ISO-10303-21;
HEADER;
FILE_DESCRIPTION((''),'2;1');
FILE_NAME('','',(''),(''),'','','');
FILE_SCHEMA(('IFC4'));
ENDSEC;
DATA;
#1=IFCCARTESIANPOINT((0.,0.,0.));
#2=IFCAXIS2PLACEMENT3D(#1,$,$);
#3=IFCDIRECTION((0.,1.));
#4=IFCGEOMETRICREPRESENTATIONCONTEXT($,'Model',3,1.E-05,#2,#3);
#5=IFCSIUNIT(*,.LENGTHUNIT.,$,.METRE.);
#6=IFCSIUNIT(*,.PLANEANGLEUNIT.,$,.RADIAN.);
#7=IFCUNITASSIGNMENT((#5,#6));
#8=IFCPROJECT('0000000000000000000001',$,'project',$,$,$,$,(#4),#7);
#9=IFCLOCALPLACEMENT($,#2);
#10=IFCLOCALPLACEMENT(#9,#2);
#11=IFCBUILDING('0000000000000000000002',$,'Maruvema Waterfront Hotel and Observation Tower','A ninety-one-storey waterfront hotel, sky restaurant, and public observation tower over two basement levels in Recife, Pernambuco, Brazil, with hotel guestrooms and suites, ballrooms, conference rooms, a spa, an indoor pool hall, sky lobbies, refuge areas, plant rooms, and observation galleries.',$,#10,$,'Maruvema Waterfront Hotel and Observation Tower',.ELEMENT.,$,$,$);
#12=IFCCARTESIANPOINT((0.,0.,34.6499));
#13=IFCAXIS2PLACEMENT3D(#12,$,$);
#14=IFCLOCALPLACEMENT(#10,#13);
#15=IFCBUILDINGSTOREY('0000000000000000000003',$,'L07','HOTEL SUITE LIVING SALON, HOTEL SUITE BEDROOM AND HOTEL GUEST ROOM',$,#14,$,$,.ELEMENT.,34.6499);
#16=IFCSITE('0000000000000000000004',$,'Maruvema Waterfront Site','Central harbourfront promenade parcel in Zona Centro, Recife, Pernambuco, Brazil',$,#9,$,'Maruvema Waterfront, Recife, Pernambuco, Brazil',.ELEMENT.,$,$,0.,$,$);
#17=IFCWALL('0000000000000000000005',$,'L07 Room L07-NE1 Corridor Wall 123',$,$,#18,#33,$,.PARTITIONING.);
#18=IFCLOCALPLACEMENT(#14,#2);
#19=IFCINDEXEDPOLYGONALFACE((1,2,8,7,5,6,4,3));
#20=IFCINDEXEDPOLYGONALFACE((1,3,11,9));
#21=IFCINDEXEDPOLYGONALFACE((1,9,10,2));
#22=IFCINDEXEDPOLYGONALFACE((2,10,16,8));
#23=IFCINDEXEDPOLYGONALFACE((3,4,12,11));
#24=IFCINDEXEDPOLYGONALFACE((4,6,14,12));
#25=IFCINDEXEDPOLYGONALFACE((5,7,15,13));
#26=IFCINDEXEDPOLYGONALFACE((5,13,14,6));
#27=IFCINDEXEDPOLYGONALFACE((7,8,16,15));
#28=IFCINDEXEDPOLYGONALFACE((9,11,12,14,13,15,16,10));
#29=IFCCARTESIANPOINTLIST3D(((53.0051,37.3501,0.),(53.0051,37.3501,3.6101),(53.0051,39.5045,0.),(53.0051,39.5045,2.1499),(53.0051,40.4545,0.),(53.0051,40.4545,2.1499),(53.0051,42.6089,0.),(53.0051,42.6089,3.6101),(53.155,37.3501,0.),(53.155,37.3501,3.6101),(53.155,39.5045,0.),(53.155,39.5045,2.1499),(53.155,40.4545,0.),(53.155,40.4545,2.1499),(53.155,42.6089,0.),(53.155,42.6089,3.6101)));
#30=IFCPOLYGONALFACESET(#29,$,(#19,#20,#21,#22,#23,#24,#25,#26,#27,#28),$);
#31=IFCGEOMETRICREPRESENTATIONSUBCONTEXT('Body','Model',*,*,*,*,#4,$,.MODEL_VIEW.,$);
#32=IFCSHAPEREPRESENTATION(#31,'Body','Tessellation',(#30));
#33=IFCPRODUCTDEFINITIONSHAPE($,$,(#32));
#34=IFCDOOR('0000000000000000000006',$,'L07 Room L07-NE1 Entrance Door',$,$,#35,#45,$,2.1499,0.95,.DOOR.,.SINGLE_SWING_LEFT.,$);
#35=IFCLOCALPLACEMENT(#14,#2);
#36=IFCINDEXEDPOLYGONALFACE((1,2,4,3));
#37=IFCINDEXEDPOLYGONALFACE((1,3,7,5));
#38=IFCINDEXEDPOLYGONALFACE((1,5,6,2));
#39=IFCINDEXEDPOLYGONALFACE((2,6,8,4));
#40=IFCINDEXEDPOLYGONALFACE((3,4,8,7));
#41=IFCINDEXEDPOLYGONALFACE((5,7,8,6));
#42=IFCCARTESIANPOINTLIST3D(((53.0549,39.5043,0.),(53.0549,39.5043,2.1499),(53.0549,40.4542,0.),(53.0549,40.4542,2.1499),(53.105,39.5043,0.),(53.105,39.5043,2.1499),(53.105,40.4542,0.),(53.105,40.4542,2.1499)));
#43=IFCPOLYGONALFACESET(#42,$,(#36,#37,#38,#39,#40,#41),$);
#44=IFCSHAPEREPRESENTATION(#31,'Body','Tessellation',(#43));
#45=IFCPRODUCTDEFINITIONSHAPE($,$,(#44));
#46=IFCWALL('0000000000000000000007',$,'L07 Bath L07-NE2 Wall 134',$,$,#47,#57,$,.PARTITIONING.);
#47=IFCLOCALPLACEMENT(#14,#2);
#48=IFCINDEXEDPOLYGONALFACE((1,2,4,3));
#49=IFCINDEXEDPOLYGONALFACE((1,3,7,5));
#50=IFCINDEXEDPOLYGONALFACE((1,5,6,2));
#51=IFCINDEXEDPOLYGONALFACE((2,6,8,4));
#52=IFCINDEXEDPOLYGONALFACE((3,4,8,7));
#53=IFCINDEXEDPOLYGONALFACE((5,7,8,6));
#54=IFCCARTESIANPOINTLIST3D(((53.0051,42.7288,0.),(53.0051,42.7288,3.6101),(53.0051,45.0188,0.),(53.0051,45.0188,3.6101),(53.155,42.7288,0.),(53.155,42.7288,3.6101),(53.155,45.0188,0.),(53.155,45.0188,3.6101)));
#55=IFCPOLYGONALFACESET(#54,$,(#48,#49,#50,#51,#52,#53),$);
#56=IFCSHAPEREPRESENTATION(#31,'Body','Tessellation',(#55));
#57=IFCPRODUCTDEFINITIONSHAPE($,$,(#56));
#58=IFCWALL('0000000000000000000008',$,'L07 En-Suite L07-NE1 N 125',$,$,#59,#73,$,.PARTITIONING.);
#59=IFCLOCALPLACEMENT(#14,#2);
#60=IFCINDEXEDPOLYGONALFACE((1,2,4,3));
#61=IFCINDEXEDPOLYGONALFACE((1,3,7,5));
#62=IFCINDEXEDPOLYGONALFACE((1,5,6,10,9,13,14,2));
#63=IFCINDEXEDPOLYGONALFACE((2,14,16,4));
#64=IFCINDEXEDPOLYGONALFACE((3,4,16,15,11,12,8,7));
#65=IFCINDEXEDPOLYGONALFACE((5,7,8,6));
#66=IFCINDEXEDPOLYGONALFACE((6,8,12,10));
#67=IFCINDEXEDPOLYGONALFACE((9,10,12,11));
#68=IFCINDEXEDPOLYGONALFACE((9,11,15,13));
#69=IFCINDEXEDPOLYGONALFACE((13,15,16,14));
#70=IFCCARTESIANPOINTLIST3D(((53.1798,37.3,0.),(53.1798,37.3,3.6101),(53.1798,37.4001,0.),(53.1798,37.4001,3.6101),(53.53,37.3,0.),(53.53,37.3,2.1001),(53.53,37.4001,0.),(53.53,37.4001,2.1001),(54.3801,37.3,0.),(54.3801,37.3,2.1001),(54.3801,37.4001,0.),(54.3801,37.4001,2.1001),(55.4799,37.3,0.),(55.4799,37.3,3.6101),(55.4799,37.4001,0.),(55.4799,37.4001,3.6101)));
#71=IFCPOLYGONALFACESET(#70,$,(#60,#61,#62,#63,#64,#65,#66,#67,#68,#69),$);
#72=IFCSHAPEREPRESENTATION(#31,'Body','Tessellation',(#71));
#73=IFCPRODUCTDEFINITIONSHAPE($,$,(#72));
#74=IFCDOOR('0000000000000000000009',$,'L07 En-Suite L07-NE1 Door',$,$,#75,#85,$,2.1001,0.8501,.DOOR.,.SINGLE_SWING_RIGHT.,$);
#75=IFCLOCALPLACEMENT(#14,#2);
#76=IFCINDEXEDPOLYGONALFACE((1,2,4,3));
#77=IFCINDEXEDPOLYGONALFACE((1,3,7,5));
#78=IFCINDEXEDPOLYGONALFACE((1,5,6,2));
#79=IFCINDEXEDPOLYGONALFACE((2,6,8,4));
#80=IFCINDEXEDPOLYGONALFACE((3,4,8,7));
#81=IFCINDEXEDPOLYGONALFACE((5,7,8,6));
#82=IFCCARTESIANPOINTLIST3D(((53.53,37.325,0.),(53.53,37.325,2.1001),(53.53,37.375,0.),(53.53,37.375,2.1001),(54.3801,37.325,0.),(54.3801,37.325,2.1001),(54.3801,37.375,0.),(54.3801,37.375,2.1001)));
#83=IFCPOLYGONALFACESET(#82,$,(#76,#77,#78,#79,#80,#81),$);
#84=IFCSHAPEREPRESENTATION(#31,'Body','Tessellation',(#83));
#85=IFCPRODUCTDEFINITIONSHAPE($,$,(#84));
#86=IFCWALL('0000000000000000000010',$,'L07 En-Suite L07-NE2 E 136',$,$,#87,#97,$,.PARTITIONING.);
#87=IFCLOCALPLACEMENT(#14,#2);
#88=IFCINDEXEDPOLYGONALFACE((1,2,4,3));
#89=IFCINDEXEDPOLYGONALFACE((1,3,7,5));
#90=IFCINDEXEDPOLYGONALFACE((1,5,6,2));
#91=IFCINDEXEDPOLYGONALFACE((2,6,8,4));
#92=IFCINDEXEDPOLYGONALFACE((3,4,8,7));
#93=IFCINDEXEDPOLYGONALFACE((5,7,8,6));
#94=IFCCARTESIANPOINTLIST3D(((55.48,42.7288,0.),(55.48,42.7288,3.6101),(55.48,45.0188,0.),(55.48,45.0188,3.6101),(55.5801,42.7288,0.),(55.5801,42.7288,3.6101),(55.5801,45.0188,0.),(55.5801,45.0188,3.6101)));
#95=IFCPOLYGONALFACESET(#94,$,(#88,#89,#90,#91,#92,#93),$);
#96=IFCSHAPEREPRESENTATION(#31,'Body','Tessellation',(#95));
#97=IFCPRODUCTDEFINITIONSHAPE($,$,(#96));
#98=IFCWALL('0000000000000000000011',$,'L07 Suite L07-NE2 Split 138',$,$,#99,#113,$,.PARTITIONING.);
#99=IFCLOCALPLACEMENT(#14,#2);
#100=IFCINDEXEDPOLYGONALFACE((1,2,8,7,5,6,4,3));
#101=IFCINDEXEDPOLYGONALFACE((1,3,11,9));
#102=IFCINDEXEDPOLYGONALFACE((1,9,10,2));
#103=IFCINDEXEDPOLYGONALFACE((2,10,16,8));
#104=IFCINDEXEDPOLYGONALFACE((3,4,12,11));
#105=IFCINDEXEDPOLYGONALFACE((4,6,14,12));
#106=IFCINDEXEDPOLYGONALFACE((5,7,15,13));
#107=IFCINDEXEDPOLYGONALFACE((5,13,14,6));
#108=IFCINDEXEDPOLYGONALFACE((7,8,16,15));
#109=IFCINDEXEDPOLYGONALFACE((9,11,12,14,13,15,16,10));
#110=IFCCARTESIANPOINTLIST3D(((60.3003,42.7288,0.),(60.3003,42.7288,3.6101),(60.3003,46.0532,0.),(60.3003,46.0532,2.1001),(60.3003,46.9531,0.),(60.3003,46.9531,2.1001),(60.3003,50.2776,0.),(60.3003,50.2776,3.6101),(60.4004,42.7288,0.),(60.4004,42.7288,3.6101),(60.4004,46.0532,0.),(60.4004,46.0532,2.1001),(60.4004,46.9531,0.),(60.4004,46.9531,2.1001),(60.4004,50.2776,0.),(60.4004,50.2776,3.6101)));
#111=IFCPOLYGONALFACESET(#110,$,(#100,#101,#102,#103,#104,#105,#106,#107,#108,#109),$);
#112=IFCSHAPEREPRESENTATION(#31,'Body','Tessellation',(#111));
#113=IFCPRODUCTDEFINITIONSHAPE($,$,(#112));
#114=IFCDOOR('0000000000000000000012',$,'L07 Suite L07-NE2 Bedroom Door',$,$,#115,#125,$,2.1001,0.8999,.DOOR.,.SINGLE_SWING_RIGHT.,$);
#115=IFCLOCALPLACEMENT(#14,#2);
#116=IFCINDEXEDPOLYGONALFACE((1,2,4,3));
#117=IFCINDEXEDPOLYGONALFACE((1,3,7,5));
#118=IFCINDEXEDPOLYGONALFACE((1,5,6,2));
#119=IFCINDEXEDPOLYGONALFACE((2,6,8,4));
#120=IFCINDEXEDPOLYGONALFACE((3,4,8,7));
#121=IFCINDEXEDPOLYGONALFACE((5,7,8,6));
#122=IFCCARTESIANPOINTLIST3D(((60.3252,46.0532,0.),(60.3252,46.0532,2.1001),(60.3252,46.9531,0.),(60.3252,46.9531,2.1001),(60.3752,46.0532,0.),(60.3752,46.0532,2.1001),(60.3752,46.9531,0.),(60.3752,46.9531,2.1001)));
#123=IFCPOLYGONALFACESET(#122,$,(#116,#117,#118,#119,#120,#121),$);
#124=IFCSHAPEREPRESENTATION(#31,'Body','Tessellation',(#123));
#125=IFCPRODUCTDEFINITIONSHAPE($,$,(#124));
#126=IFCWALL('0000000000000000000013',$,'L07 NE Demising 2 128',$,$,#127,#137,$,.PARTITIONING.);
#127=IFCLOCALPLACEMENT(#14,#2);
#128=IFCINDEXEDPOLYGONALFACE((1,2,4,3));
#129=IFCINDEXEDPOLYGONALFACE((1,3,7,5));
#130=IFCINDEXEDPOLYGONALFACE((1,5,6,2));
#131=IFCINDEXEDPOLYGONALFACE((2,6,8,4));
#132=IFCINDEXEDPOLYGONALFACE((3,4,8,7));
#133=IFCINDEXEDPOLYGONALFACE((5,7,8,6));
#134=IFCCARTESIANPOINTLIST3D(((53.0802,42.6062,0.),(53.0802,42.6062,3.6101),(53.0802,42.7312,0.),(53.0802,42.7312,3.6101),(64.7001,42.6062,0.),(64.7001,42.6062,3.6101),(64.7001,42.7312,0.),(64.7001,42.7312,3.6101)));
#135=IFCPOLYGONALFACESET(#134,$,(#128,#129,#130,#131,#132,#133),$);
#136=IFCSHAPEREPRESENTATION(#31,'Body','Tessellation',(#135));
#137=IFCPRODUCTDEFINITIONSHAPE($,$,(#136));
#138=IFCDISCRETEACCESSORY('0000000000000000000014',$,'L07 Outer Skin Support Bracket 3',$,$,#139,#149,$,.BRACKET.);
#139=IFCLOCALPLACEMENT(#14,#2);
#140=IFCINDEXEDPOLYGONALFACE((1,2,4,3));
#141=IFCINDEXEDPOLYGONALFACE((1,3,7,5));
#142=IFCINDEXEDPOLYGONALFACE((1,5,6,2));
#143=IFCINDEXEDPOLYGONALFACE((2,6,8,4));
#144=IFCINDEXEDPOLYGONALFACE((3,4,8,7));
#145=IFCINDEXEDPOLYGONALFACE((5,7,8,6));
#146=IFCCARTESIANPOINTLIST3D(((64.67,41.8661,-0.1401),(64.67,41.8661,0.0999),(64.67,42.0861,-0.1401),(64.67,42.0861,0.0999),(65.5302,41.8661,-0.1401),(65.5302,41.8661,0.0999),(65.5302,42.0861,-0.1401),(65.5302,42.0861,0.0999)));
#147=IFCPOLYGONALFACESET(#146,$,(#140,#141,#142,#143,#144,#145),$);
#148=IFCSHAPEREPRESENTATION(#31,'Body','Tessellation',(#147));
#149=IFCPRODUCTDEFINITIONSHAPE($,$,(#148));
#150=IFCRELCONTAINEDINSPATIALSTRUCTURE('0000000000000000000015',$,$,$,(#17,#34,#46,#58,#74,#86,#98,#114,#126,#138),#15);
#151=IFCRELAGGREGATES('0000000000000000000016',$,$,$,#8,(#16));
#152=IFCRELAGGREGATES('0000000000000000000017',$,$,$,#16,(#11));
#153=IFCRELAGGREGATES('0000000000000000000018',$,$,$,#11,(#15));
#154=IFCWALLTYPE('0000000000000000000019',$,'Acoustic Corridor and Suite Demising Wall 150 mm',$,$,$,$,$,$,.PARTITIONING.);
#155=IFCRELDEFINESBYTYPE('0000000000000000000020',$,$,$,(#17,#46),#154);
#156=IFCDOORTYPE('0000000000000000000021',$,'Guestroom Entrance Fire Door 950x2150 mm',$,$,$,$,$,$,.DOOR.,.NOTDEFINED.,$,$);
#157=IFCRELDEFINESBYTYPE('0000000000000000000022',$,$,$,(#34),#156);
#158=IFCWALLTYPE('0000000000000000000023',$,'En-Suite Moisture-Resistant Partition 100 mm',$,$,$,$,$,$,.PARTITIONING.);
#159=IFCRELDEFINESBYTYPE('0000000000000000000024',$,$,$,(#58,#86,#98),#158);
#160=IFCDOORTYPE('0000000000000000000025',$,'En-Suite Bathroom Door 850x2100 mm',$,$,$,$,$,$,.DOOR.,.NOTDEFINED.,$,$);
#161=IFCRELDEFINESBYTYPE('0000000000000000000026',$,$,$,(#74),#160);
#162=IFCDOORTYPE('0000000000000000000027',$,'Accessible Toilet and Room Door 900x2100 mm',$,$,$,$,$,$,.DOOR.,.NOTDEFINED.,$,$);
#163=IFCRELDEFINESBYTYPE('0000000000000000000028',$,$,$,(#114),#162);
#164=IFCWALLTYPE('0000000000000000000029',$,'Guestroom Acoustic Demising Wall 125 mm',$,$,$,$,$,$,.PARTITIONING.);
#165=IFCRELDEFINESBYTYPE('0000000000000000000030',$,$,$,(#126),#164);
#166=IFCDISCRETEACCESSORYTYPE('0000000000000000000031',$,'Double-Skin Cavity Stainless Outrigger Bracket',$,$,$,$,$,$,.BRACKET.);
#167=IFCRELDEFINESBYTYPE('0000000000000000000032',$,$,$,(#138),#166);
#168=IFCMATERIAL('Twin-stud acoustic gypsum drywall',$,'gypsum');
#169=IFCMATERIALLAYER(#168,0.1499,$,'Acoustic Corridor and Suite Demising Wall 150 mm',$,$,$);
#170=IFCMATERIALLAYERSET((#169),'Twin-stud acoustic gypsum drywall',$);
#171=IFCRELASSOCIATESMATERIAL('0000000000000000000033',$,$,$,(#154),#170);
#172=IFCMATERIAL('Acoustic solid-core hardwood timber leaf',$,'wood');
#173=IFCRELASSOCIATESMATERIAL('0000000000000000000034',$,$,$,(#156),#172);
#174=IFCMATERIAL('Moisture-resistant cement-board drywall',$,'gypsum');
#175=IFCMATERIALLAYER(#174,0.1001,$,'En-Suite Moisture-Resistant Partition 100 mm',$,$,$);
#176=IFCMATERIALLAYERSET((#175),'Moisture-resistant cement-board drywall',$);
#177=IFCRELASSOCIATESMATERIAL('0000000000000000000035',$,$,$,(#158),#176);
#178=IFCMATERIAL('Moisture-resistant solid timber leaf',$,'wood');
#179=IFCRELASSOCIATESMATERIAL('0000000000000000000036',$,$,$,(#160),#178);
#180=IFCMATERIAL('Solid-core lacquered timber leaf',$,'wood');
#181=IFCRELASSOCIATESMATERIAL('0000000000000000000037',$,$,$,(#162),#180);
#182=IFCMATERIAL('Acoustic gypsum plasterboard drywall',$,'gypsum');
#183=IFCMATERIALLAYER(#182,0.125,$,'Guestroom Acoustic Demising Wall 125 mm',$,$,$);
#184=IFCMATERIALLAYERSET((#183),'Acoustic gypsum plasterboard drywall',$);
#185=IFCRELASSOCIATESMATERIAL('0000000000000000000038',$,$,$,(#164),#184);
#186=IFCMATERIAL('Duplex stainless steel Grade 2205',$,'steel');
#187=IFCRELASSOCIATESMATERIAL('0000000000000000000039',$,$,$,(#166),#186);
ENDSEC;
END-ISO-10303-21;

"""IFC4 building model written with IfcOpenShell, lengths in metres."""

from ifc_helpers import new_model, si_unit, direction, frame, frame_2d, origin, origin_2d, place, context, subcontext, project, spatial, rectangle, extrude, material, layer, layer_set, type_object, element, fill, save


model = new_model("IFC4")

# Units and contexts
model_context = context("Model", 3, precision=1e-05, world=origin(), true_north=direction((0.0, 1.0)))
body_context = subcontext(model_context, "Body", "Model", "MODEL_VIEW")
ifc_project = project(units=[si_unit("LENGTHUNIT", "METRE"), si_unit("PLANEANGLEUNIT", "RADIAN")], contexts=[model_context])

# Site, building, storey
site_placement = place(None, origin())
site = spatial("IfcSite", under=ifc_project, at=site_placement, Name="Maruvema Waterfront Site", Description="Central harbourfront promenade parcel in Zona Centro, Recife, Pernambuco, Brazil", LongName="Maruvema Waterfront, Recife, Pernambuco, Brazil", CompositionType="ELEMENT", RefElevation=0.0)
building_placement = place(site_placement, origin())
building = spatial("IfcBuilding", under=site, at=building_placement, Name="Maruvema Waterfront Hotel and Observation Tower", Description="A ninety-one-storey waterfront hotel, sky restaurant, and public observation tower over two basement levels in Recife, Pernambuco, Brazil, with hotel guestrooms and suites, ballrooms, conference rooms, a spa, an indoor pool hall, sky lobbies, refuge areas, plant rooms, and observation galleries.", LongName="Maruvema Waterfront Hotel and Observation Tower", CompositionType="ELEMENT")
storey_placement = place(building_placement, frame((0.0, 0.0, 34.6499)))
storey = spatial("IfcBuildingStorey", under=building, at=storey_placement, Name="L07", Description="HOTEL SUITE LIVING SALON, HOTEL SUITE BEDROOM AND HOTEL GUEST ROOM", CompositionType="ELEMENT", Elevation=34.6499)

# Wall, opening, door
ifc_material_1 = material(Name="Twin-stud acoustic gypsum drywall", Category="gypsum")
ifc_layer_1 = layer(ifc_material_1, 0.1499, Name="Acoustic Corridor and Suite Demising Wall 150 mm")
ifc_layer_set_1 = layer_set([ifc_layer_1], Name="Twin-stud acoustic gypsum drywall")
wall_type_1 = type_object("IfcWallType", Name="Acoustic Corridor and Suite Demising Wall 150 mm", PredefinedType="PARTITIONING", material=ifc_layer_set_1)
wall_1_placement = place(storey_placement, frame((53.0801, 37.3501, 0.0), z_axis=(0.0, 0.0, 1.0), x_axis=(0.0, 1.0, 0.0)))
wall_1 = element("IfcWall", 1, at=wall_1_placement, inside=storey, type_object=wall_type_1, Name="L07 Room L07-NE1 Corridor Wall 123", PredefinedType="PARTITIONING", context=body_context, shape_type="SweptSolid", body=[
    extrude(rectangle(XDim=5.2588, YDim=0.1499, at=frame_2d((2.6294, 0.0))), origin(), (0.0, 0.0, 1.0), 3.6101),
])
opening_1_placement = place(wall_1_placement, frame((2.1543, 0.0, 0.0)))
opening_1 = element("IfcOpeningElement", 2, at=opening_1_placement, cuts=wall_1, PredefinedType="OPENING", context=body_context, shape_type="SweptSolid", body=[
    extrude(rectangle(XDim=0.95, YDim=2.1499, at=frame_2d((0.4751, 1.075))), frame((0.0, 0.085, 0.0), z_axis=(0.0, -1.0, 0.0), x_axis=(1.0, 0.0, 0.0)), (0.0, 0.0, 1.0), 0.1699),
])
ifc_material_2 = material(Name="Acoustic solid-core hardwood timber leaf", Category="wood")
door_type_1 = type_object("IfcDoorType", Name="Guestroom Entrance Fire Door 950x2150 mm", OperationType="NOTDEFINED", PredefinedType="DOOR", material=ifc_material_2)
door_1_placement = place(opening_1_placement, frame((0.95, 0.0, 0.0), z_axis=(0.0, 0.0, 1.0), x_axis=(-1.0, 0.0, 0.0)))
door_1 = element("IfcDoor", 3, at=door_1_placement, inside=storey, type_object=door_type_1, Name="L07 Room L07-NE1 Entrance Door", OperationType="SINGLE_SWING_LEFT", OverallHeight=2.1499, OverallWidth=0.95, PredefinedType="DOOR", context=body_context, shape_type="SweptSolid", body=[
    extrude(rectangle(XDim=0.95, YDim=2.1499, at=frame_2d((0.4751, 1.075))), frame((0.0, 0.0249, 0.0), z_axis=(0.0, -1.0, 0.0), x_axis=(1.0, 0.0, 0.0)), (0.0, 0.0, 1.0), 0.05),
])
fill(opening_1, door_1)

# Wall
wall_2_placement = place(storey_placement, frame((53.0801, 42.7288, 0.0), z_axis=(0.0, 0.0, 1.0), x_axis=(0.0, 1.0, 0.0)))
element("IfcWall", 4, at=wall_2_placement, inside=storey, type_object=wall_type_1, Name="L07 Bath L07-NE2 Wall 134", PredefinedType="PARTITIONING", context=body_context, shape_type="SweptSolid", body=[
    extrude(rectangle(XDim=2.29, YDim=0.1499, at=frame_2d((1.145, 0.0))), origin(), (0.0, 0.0, 1.0), 3.6101),
])

# Wall, opening, door
ifc_material_3 = material(Name="Moisture-resistant cement-board drywall", Category="gypsum")
ifc_layer_2 = layer(ifc_material_3, 0.1001, Name="En-Suite Moisture-Resistant Partition 100 mm")
ifc_layer_set_2 = layer_set([ifc_layer_2], Name="Moisture-resistant cement-board drywall")
wall_type_2 = type_object("IfcWallType", Name="En-Suite Moisture-Resistant Partition 100 mm", PredefinedType="PARTITIONING", material=ifc_layer_set_2)
wall_3_placement = place(storey_placement, frame((53.1799, 37.3501, 0.0), z_axis=(0.0, 0.0, 1.0), x_axis=(1.0, 0.0, 0.0)))
wall_3 = element("IfcWall", 5, at=wall_3_placement, inside=storey, type_object=wall_type_2, Name="L07 En-Suite L07-NE1 N 125", PredefinedType="PARTITIONING", context=body_context, shape_type="SweptSolid", body=[
    extrude(rectangle(XDim=2.3, YDim=0.1001, at=frame_2d((1.1499, 0.0))), origin(), (0.0, 0.0, 1.0), 3.6101),
])
opening_2_placement = place(wall_3_placement, frame((0.3501, 0.0, 0.0)))
opening_2 = element("IfcOpeningElement", 6, at=opening_2_placement, cuts=wall_3, PredefinedType="OPENING", context=body_context, shape_type="SweptSolid", body=[
    extrude(rectangle(XDim=0.8501, YDim=2.1001, at=frame_2d((0.425, 1.05))), frame((0.0, 0.0601, 0.0), z_axis=(0.0, -1.0, 0.0), x_axis=(1.0, 0.0, 0.0)), (0.0, 0.0, 1.0), 0.1201),
])
ifc_material_4 = material(Name="Moisture-resistant solid timber leaf", Category="wood")
door_type_2 = type_object("IfcDoorType", Name="En-Suite Bathroom Door 850x2100 mm", OperationType="NOTDEFINED", PredefinedType="DOOR", material=ifc_material_4)
door_2_placement = place(opening_2_placement, origin())
door_2 = element("IfcDoor", 7, at=door_2_placement, inside=storey, type_object=door_type_2, Name="L07 En-Suite L07-NE1 Door", OperationType="SINGLE_SWING_RIGHT", OverallHeight=2.1001, OverallWidth=0.8501, PredefinedType="DOOR", context=body_context, shape_type="SweptSolid", body=[
    extrude(rectangle(XDim=0.8501, YDim=2.1001, at=frame_2d((0.425, 1.05))), frame((0.0, 0.0249, 0.0), z_axis=(0.0, -1.0, 0.0), x_axis=(1.0, 0.0, 0.0)), (0.0, 0.0, 1.0), 0.05),
])
fill(opening_2, door_2)

# Wall
wall_4_placement = place(storey_placement, frame((55.53, 42.7288, 0.0), z_axis=(0.0, 0.0, 1.0), x_axis=(0.0, 1.0, 0.0)))
element("IfcWall", 8, at=wall_4_placement, inside=storey, type_object=wall_type_2, Name="L07 En-Suite L07-NE2 E 136", PredefinedType="PARTITIONING", context=body_context, shape_type="SweptSolid", body=[
    extrude(rectangle(XDim=2.29, YDim=0.1001, at=frame_2d((1.145, 0.0))), origin(), (0.0, 0.0, 1.0), 3.6101),
])

# Wall, opening, door
wall_5_placement = place(storey_placement, frame((60.3503, 42.7288, 0.0), z_axis=(0.0, 0.0, 1.0), x_axis=(0.0, 1.0, 0.0)))
wall_5 = element("IfcWall", 9, at=wall_5_placement, inside=storey, type_object=wall_type_2, Name="L07 Suite L07-NE2 Split 138", PredefinedType="PARTITIONING", context=body_context, shape_type="SweptSolid", body=[
    extrude(rectangle(XDim=7.5488, YDim=0.1001, at=frame_2d((3.7744, 0.0))), origin(), (0.0, 0.0, 1.0), 3.6101),
])
opening_3_placement = place(wall_5_placement, frame((3.3245, 0.0, 0.0)))
opening_3 = element("IfcOpeningElement", 10, at=opening_3_placement, cuts=wall_5, PredefinedType="OPENING", context=body_context, shape_type="SweptSolid", body=[
    extrude(rectangle(XDim=0.8999, YDim=2.1001, at=frame_2d((0.45, 1.05))), frame((0.0, 0.0601, 0.0), z_axis=(0.0, -1.0, 0.0), x_axis=(1.0, 0.0, 0.0)), (0.0, 0.0, 1.0), 0.1201),
])
ifc_material_5 = material(Name="Solid-core lacquered timber leaf", Category="wood")
door_type_3 = type_object("IfcDoorType", Name="Accessible Toilet and Room Door 900x2100 mm", OperationType="NOTDEFINED", PredefinedType="DOOR", material=ifc_material_5)
door_3_placement = place(opening_3_placement, frame((0.8999, 0.0, 0.0), z_axis=(0.0, 0.0, 1.0), x_axis=(-1.0, 0.0, 0.0)))
door_3 = element("IfcDoor", 11, at=door_3_placement, inside=storey, type_object=door_type_3, Name="L07 Suite L07-NE2 Bedroom Door", OperationType="SINGLE_SWING_RIGHT", OverallHeight=2.1001, OverallWidth=0.8999, PredefinedType="DOOR", context=body_context, shape_type="SweptSolid", body=[
    extrude(rectangle(XDim=0.8999, YDim=2.1001, at=frame_2d((0.45, 1.05))), frame((0.0, 0.0249, 0.0), z_axis=(0.0, -1.0, 0.0), x_axis=(1.0, 0.0, 0.0)), (0.0, 0.0, 1.0), 0.05),
])
fill(opening_3, door_3)

# Wall
ifc_material_6 = material(Name="Acoustic gypsum plasterboard drywall", Category="gypsum")
ifc_layer_3 = layer(ifc_material_6, 0.125, Name="Guestroom Acoustic Demising Wall 125 mm")
ifc_layer_set_3 = layer_set([ifc_layer_3], Name="Acoustic gypsum plasterboard drywall")
wall_type_3 = type_object("IfcWallType", Name="Guestroom Acoustic Demising Wall 125 mm", PredefinedType="PARTITIONING", material=ifc_layer_set_3)
wall_6_placement = place(storey_placement, frame((53.0801, 42.6687, 0.0), z_axis=(0.0, 0.0, 1.0), x_axis=(1.0, 0.0, 0.0)))
element("IfcWall", 12, at=wall_6_placement, inside=storey, type_object=wall_type_3, Name="L07 NE Demising 2 128", PredefinedType="PARTITIONING", context=body_context, shape_type="SweptSolid", body=[
    extrude(rectangle(XDim=11.6199, YDim=0.125, at=frame_2d((5.8101, 0.0))), origin(), (0.0, 0.0, 1.0), 3.6101),
])

# Discrete accessory
ifc_material_7 = material(Name="Duplex stainless steel Grade 2205", Category="steel")
discrete_accessory_type = type_object("IfcDiscreteAccessoryType", Name="Double-Skin Cavity Stainless Outrigger Bracket", PredefinedType="BRACKET", material=ifc_material_7)
discrete_accessory_placement = place(storey_placement, frame((65.1001, 41.9761, -0.1401), z_axis=(0.0, 0.0, 1.0), x_axis=(0.0, 1.0, 0.0)))
element("IfcDiscreteAccessory", 13, at=discrete_accessory_placement, inside=storey, type_object=discrete_accessory_type, Name="L07 Outer Skin Support Bracket 3", PredefinedType="BRACKET", context=body_context, shape_type="SweptSolid", body=[
    extrude(rectangle(XDim=0.22, YDim=0.8601, at=origin_2d()), origin(), (0.0, 0.0, 1.0), 0.24),
])

save(model, "model.ifc")
